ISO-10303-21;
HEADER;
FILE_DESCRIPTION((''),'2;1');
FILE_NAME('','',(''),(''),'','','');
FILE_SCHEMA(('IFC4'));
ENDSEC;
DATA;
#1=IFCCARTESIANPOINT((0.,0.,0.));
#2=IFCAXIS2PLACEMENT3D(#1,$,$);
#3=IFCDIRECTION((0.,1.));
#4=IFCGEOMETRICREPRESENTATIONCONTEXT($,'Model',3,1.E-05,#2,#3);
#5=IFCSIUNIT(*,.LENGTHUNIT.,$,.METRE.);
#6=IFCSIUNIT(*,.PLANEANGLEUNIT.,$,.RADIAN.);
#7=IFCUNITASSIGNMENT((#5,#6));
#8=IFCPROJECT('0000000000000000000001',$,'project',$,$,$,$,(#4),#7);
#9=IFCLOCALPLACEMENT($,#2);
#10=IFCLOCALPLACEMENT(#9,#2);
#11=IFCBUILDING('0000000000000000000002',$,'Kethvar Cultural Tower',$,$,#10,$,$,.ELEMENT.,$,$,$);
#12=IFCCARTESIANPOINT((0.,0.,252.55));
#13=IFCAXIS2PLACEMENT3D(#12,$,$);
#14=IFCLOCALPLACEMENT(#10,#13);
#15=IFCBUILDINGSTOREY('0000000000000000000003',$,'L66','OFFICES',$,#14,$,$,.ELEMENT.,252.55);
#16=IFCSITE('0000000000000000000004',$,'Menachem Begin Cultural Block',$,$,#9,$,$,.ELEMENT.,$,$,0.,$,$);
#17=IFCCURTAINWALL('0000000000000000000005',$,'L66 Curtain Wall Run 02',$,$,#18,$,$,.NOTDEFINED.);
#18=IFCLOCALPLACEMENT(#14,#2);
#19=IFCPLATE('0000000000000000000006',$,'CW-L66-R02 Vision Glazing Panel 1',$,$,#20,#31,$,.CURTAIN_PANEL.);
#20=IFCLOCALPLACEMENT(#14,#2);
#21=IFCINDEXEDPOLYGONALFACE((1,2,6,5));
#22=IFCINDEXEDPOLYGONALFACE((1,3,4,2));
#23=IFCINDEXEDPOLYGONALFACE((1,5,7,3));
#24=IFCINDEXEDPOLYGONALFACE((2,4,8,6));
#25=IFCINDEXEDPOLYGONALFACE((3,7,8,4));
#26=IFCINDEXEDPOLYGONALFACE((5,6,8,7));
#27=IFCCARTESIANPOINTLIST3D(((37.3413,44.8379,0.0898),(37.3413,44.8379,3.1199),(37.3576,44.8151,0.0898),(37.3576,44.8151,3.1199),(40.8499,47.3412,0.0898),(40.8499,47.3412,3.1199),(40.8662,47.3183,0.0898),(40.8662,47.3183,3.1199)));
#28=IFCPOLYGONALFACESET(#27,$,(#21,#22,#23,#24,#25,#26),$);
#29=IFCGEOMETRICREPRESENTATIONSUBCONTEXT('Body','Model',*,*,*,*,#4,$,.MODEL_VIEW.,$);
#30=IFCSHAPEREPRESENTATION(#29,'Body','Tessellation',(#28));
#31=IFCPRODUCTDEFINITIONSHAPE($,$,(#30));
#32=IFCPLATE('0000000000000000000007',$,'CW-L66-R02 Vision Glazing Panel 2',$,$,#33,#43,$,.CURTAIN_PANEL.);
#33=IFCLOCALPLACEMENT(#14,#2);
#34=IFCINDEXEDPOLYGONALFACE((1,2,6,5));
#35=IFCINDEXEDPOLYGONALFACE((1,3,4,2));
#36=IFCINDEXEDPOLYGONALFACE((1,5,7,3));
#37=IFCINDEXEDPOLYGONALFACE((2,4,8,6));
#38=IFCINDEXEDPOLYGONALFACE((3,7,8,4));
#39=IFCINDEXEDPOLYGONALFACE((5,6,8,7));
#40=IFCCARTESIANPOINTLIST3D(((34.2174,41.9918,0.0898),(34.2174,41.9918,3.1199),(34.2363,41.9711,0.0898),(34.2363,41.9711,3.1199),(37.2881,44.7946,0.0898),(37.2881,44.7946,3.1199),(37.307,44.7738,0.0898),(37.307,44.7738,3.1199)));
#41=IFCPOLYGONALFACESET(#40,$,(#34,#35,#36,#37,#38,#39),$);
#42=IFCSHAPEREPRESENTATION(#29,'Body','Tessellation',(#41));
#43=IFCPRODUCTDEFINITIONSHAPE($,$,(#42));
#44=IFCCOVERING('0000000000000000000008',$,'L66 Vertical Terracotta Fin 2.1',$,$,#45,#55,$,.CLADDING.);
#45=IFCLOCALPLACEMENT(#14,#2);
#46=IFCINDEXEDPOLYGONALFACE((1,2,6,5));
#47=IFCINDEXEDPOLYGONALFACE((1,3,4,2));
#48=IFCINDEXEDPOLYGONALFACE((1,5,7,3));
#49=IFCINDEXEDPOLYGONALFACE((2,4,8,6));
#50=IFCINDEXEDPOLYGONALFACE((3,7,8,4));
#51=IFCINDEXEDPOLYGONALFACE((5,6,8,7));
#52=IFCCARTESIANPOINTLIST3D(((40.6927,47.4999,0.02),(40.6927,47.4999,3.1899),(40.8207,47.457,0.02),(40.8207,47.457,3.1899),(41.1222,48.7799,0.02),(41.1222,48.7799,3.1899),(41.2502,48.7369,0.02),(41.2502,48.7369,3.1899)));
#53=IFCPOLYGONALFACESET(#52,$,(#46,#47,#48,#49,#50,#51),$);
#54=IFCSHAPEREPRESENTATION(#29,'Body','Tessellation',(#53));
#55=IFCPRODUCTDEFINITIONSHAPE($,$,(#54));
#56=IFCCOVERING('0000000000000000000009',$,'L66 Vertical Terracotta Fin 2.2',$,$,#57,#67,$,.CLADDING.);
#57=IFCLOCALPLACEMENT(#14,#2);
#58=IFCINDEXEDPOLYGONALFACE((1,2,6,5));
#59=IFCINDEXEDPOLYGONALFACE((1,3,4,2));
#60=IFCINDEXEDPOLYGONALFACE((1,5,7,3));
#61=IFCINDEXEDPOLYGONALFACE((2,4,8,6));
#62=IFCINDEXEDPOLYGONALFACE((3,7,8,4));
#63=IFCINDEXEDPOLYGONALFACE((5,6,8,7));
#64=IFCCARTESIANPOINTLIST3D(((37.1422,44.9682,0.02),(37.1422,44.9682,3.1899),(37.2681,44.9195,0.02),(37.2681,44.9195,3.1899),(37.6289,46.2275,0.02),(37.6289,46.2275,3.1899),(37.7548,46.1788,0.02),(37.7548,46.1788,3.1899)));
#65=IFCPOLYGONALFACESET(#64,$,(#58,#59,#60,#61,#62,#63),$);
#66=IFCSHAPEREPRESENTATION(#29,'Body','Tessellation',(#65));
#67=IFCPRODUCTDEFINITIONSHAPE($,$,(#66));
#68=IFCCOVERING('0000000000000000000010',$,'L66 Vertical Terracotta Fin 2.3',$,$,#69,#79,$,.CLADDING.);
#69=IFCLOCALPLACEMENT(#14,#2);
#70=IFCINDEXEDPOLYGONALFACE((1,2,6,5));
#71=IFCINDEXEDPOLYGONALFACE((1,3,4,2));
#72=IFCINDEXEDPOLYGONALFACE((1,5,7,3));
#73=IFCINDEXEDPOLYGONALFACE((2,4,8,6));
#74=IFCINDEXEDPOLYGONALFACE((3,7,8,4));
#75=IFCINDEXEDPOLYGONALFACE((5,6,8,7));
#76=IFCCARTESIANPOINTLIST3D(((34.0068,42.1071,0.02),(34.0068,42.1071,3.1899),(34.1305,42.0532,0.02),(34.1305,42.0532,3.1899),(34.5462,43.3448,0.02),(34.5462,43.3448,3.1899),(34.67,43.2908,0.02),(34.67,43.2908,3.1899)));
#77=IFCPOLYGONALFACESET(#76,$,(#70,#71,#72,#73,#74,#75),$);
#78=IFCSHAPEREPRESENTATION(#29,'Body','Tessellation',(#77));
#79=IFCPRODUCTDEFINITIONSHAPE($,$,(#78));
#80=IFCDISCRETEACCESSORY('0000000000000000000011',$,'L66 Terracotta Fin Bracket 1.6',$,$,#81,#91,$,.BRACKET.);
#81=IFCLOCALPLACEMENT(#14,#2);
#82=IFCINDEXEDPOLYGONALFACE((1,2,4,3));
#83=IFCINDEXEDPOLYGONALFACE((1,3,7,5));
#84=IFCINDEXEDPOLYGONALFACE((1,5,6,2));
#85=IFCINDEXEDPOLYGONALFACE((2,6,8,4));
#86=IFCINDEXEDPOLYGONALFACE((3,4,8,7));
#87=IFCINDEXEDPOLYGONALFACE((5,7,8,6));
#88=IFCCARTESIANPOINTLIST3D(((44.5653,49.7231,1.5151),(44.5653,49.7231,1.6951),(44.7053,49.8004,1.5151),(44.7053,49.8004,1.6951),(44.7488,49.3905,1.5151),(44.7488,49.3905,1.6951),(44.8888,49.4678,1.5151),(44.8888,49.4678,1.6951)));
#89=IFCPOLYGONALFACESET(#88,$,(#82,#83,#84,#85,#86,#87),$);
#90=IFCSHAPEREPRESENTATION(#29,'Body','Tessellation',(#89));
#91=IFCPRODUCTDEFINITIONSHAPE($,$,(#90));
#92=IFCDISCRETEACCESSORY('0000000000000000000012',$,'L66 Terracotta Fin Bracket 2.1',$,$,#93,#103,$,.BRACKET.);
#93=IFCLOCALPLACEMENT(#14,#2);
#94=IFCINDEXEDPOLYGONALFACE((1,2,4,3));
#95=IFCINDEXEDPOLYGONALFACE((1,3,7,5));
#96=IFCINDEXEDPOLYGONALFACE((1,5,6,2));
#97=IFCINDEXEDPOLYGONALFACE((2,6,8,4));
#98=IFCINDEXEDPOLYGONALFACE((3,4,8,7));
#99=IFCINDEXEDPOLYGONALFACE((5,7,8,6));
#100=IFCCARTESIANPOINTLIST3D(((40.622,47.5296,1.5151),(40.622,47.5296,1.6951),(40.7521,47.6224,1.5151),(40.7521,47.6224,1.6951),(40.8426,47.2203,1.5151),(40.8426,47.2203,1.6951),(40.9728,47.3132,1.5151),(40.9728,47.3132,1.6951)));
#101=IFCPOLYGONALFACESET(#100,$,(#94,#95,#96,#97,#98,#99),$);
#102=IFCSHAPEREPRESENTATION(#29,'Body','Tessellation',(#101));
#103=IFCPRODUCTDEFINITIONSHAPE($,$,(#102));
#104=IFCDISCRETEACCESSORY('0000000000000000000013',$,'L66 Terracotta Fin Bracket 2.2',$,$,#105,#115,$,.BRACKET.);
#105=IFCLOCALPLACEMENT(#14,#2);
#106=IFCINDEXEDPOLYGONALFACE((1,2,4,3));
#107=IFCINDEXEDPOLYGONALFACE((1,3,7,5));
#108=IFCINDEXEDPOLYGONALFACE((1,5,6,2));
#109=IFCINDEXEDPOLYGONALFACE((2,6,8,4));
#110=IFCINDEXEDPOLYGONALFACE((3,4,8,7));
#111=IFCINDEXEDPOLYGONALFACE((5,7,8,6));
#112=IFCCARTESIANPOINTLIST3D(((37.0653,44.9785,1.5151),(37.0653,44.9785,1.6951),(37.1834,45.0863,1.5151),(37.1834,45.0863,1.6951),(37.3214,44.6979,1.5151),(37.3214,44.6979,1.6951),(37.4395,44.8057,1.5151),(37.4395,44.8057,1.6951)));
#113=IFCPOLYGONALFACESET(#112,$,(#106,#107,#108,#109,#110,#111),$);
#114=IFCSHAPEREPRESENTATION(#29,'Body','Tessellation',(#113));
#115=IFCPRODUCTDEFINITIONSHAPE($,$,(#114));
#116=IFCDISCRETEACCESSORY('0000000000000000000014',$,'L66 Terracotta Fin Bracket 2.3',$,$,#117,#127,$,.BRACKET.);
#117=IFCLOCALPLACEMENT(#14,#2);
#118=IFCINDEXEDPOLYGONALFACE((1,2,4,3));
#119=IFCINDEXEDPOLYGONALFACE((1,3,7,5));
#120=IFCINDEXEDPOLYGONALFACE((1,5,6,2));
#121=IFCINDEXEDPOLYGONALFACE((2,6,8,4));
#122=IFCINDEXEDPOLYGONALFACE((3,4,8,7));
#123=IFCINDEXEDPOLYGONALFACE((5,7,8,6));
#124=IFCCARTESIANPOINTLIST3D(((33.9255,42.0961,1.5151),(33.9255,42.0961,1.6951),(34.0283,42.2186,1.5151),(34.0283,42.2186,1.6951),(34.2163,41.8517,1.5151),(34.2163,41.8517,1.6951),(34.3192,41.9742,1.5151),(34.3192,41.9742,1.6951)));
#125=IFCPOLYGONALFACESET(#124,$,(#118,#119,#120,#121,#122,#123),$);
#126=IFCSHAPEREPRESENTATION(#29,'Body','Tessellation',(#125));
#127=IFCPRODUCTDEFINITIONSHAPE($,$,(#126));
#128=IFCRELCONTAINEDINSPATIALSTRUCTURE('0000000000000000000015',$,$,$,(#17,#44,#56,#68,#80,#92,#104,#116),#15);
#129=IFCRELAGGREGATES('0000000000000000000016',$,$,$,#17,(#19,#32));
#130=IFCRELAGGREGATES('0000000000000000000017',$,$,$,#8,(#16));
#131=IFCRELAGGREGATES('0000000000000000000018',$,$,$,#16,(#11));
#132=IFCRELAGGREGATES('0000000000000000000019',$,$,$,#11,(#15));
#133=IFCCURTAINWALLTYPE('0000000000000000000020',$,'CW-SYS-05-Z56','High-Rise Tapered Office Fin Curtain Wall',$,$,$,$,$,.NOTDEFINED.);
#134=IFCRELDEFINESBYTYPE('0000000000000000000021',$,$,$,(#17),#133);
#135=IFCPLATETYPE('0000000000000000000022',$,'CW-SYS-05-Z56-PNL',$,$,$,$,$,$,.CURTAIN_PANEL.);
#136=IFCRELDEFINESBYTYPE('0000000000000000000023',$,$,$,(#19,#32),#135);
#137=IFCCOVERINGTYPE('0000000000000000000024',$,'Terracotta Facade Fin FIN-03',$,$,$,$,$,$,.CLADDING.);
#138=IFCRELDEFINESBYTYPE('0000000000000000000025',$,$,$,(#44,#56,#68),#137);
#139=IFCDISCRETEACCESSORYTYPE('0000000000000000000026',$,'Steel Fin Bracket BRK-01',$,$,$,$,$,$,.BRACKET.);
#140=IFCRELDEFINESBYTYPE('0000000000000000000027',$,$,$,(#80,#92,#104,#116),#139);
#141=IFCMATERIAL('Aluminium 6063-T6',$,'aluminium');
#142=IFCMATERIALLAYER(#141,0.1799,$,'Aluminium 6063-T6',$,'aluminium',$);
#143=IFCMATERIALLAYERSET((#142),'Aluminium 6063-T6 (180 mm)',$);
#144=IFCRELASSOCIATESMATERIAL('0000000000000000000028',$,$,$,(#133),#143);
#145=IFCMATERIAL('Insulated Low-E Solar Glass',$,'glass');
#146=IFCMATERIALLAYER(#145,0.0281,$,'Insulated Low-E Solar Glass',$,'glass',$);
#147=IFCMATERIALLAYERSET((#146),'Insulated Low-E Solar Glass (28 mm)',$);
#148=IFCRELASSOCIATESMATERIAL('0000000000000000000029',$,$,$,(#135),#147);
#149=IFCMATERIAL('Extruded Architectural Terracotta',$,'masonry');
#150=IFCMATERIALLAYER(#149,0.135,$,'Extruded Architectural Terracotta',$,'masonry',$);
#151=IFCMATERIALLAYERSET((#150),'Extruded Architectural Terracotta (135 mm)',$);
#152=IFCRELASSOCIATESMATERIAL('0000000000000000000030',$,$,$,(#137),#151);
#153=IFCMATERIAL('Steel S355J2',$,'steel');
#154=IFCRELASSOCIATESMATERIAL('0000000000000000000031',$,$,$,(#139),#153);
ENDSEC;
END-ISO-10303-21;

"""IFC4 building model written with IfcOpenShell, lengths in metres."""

from ifc_helpers import new_model, si_unit, direction, frame, origin, origin_2d, place, context, subcontext, project, spatial, rectangle, extrude, source, transform, mapped, material, layer, layer_set, type_object, element, aggregate, save


model = new_model("IFC4")

# Units and contexts
model_context = context("Model", 3, precision=1e-05, world=origin(), true_north=direction((0.0, 1.0)))
body_context = subcontext(model_context, "Body", "Model", "MODEL_VIEW")
ifc_project = project(units=[si_unit("LENGTHUNIT", "METRE"), si_unit("PLANEANGLEUNIT", "RADIAN")], contexts=[model_context])

# Site, building, storey
site_placement = place(None, origin())
site = spatial("IfcSite", under=ifc_project, at=site_placement, Name="Menachem Begin Cultural Block", CompositionType="ELEMENT", RefElevation=0.0)
building_placement = place(site_placement, origin())
building = spatial("IfcBuilding", under=site, at=building_placement, Name="Kethvar Cultural Tower", CompositionType="ELEMENT")
storey_placement = place(building_placement, frame((0.0, 0.0, 252.55)))
storey = spatial("IfcBuildingStorey", under=building, at=storey_placement, Name="L66", Description="OFFICES", CompositionType="ELEMENT", Elevation=252.55)

# Shared definitions
ifc_material_1 = material(Name="Steel S355J2", Category="steel")

# Curtain wall
ifc_material_2 = material(Name="Aluminium 6063-T6", Category="aluminium")
ifc_layer_1 = layer(ifc_material_2, 0.1799, Name="Aluminium 6063-T6", Category="aluminium")
ifc_layer_set_1 = layer_set([ifc_layer_1], Name="Aluminium 6063-T6 (180 mm)")
curtain_wall_type = type_object("IfcCurtainWallType", Name="CW-SYS-05-Z56", Description="High-Rise Tapered Office Fin Curtain Wall", PredefinedType="NOTDEFINED", material=ifc_layer_set_1)
curtain_wall_1_placement = place(storey_placement, origin())
curtain_wall_1 = element("IfcCurtainWall", 1, at=curtain_wall_1_placement, inside=storey, type_object=curtain_wall_type, Name="L66 Curtain Wall Run 02", PredefinedType="NOTDEFINED")

# Plates
ifc_material_3 = material(Name="Insulated Low-E Solar Glass", Category="glass")
ifc_layer_2 = layer(ifc_material_3, 0.0281, Name="Insulated Low-E Solar Glass", Category="glass")
ifc_layer_set_2 = layer_set([ifc_layer_2], Name="Insulated Low-E Solar Glass (28 mm)")
plate_type = type_object("IfcPlateType", Name="CW-SYS-05-Z56-PNL", PredefinedType="CURTAIN_PANEL", material=ifc_layer_set_2)
shared_shape_1 = source(origin(), body_context, "Body", "SweptSolid", [
    extrude(rectangle(XDim=4.3101, YDim=0.0281, at=origin_2d()), origin(), (0.0, 0.0, 1.0), 3.03),
])
plate_1_placement = place(storey_placement, frame((39.1038, 46.0781, 0.0898), z_axis=(0.0, 0.0, 1.0), x_axis=(-0.814055, -0.580788, 0.0)))
plate_1 = element("IfcPlate", 2, at=plate_1_placement, type_object=plate_type, Name="CW-L66-R02 Vision Glazing Panel 1", PredefinedType="CURTAIN_PANEL", context=body_context, shape_type="MappedRepresentation", body=[
    mapped(shared_shape_1, transform((0.0, 0.0, 0.0), scale=1.0)),
])
shared_shape_2 = source(origin(), body_context, "Body", "SweptSolid", [
    extrude(rectangle(XDim=4.1575, YDim=0.0281, at=origin_2d()), origin(), (0.0, 0.0, 1.0), 3.03),
])
plate_2_placement = place(storey_placement, frame((35.7622, 43.3828, 0.0898), z_axis=(0.0, 0.0, 1.0), x_axis=(-0.738597, -0.674148, 0.0)))
plate_2 = element("IfcPlate", 3, at=plate_2_placement, type_object=plate_type, Name="CW-L66-R02 Vision Glazing Panel 2", PredefinedType="CURTAIN_PANEL", context=body_context, shape_type="MappedRepresentation", body=[
    mapped(shared_shape_2, transform((0.0, 0.0, 0.0), scale=1.0)),
])
aggregate(curtain_wall_1, [plate_1, plate_2])

# Coverings
ifc_material_4 = material(Name="Extruded Architectural Terracotta", Category="masonry")
ifc_layer_3 = layer(ifc_material_4, 0.135, Name="Extruded Architectural Terracotta", Category="masonry")
ifc_layer_set_3 = layer_set([ifc_layer_3], Name="Extruded Architectural Terracotta (135 mm)")
covering_type = type_object("IfcCoveringType", Name="Terracotta Facade Fin FIN-03", PredefinedType="CLADDING", material=ifc_layer_set_3)
shared_shape_3 = source(origin(), body_context, "Body", "SweptSolid", [
    extrude(rectangle(XDim=1.3501, YDim=0.135, at=origin_2d()), origin(), (0.0, 0.0, 1.0), 3.1699),
])
for number, where, z_axis, x_axis, name in (
    (4, (40.9714, 48.1184, 0.02), (0.0, 0.0, 1.0), (0.318132, 0.948046, 0.0), "L66 Vertical Terracotta Fin 2.1"),
    (5, (37.4485, 45.5735, 0.02), (0.0, 0.0, 1.0), (0.360485, 0.932765, 0.0), "L66 Vertical Terracotta Fin 2.2"),
    (6, (34.3384, 42.699, 0.02), (0.0, 0.0, 1.0), (0.399549, 0.916712, 0.0), "L66 Vertical Terracotta Fin 2.3"),
):
    element("IfcCovering", number, at=place(storey_placement, frame(where, z_axis=z_axis, x_axis=x_axis)), inside=storey, type_object=covering_type, Name=name, PredefinedType="CLADDING", context=body_context, shape_type="MappedRepresentation", body=[
        mapped(shared_shape_3, transform((0.0, 0.0, 0.0), scale=1.0)),
    ])

# Discrete accessories
discrete_accessory_type = type_object("IfcDiscreteAccessoryType", Name="Steel Fin Bracket BRK-01", PredefinedType="BRACKET", material=ifc_material_1)
shared_shape_4 = source(origin(), body_context, "Body", "SweptSolid", [
    extrude(rectangle(XDim=0.3799, YDim=0.1599, at=origin_2d()), origin(), (0.0, 0.0, 1.0), 0.1799),
])
for number, where, z_axis, x_axis, name in (
    (7, (44.7271, 49.5955, 1.5151), (0.0, 0.0, 1.0), (-0.483282, 0.875465, 0.0), "L66 Terracotta Fin Bracket 1.6"),
    (8, (40.7974, 47.4214, 1.5151), (0.0, 0.0, 1.0), (-0.580845, 0.814014, 0.0), "L66 Terracotta Fin Bracket 2.1"),
    (9, (37.2524, 44.8921, 1.5151), (0.0, 0.0, 1.0), (-0.674173, 0.738573, 0.0), "L66 Terracotta Fin Bracket 2.2"),
    (10, (34.1223, 42.0352, 1.5151), (0.0, 0.0, 1.0), (-0.765596, 0.643322, 0.0), "L66 Terracotta Fin Bracket 2.3"),
):
    element("IfcDiscreteAccessory", number, at=place(storey_placement, frame(where, z_axis=z_axis, x_axis=x_axis)), inside=storey, type_object=discrete_accessory_type, Name=name, PredefinedType="BRACKET", context=body_context, shape_type="MappedRepresentation", body=[
        mapped(shared_shape_4, transform((0.0, 0.0, 0.0), scale=1.0)),
    ])

save(model, "model.ifc")
